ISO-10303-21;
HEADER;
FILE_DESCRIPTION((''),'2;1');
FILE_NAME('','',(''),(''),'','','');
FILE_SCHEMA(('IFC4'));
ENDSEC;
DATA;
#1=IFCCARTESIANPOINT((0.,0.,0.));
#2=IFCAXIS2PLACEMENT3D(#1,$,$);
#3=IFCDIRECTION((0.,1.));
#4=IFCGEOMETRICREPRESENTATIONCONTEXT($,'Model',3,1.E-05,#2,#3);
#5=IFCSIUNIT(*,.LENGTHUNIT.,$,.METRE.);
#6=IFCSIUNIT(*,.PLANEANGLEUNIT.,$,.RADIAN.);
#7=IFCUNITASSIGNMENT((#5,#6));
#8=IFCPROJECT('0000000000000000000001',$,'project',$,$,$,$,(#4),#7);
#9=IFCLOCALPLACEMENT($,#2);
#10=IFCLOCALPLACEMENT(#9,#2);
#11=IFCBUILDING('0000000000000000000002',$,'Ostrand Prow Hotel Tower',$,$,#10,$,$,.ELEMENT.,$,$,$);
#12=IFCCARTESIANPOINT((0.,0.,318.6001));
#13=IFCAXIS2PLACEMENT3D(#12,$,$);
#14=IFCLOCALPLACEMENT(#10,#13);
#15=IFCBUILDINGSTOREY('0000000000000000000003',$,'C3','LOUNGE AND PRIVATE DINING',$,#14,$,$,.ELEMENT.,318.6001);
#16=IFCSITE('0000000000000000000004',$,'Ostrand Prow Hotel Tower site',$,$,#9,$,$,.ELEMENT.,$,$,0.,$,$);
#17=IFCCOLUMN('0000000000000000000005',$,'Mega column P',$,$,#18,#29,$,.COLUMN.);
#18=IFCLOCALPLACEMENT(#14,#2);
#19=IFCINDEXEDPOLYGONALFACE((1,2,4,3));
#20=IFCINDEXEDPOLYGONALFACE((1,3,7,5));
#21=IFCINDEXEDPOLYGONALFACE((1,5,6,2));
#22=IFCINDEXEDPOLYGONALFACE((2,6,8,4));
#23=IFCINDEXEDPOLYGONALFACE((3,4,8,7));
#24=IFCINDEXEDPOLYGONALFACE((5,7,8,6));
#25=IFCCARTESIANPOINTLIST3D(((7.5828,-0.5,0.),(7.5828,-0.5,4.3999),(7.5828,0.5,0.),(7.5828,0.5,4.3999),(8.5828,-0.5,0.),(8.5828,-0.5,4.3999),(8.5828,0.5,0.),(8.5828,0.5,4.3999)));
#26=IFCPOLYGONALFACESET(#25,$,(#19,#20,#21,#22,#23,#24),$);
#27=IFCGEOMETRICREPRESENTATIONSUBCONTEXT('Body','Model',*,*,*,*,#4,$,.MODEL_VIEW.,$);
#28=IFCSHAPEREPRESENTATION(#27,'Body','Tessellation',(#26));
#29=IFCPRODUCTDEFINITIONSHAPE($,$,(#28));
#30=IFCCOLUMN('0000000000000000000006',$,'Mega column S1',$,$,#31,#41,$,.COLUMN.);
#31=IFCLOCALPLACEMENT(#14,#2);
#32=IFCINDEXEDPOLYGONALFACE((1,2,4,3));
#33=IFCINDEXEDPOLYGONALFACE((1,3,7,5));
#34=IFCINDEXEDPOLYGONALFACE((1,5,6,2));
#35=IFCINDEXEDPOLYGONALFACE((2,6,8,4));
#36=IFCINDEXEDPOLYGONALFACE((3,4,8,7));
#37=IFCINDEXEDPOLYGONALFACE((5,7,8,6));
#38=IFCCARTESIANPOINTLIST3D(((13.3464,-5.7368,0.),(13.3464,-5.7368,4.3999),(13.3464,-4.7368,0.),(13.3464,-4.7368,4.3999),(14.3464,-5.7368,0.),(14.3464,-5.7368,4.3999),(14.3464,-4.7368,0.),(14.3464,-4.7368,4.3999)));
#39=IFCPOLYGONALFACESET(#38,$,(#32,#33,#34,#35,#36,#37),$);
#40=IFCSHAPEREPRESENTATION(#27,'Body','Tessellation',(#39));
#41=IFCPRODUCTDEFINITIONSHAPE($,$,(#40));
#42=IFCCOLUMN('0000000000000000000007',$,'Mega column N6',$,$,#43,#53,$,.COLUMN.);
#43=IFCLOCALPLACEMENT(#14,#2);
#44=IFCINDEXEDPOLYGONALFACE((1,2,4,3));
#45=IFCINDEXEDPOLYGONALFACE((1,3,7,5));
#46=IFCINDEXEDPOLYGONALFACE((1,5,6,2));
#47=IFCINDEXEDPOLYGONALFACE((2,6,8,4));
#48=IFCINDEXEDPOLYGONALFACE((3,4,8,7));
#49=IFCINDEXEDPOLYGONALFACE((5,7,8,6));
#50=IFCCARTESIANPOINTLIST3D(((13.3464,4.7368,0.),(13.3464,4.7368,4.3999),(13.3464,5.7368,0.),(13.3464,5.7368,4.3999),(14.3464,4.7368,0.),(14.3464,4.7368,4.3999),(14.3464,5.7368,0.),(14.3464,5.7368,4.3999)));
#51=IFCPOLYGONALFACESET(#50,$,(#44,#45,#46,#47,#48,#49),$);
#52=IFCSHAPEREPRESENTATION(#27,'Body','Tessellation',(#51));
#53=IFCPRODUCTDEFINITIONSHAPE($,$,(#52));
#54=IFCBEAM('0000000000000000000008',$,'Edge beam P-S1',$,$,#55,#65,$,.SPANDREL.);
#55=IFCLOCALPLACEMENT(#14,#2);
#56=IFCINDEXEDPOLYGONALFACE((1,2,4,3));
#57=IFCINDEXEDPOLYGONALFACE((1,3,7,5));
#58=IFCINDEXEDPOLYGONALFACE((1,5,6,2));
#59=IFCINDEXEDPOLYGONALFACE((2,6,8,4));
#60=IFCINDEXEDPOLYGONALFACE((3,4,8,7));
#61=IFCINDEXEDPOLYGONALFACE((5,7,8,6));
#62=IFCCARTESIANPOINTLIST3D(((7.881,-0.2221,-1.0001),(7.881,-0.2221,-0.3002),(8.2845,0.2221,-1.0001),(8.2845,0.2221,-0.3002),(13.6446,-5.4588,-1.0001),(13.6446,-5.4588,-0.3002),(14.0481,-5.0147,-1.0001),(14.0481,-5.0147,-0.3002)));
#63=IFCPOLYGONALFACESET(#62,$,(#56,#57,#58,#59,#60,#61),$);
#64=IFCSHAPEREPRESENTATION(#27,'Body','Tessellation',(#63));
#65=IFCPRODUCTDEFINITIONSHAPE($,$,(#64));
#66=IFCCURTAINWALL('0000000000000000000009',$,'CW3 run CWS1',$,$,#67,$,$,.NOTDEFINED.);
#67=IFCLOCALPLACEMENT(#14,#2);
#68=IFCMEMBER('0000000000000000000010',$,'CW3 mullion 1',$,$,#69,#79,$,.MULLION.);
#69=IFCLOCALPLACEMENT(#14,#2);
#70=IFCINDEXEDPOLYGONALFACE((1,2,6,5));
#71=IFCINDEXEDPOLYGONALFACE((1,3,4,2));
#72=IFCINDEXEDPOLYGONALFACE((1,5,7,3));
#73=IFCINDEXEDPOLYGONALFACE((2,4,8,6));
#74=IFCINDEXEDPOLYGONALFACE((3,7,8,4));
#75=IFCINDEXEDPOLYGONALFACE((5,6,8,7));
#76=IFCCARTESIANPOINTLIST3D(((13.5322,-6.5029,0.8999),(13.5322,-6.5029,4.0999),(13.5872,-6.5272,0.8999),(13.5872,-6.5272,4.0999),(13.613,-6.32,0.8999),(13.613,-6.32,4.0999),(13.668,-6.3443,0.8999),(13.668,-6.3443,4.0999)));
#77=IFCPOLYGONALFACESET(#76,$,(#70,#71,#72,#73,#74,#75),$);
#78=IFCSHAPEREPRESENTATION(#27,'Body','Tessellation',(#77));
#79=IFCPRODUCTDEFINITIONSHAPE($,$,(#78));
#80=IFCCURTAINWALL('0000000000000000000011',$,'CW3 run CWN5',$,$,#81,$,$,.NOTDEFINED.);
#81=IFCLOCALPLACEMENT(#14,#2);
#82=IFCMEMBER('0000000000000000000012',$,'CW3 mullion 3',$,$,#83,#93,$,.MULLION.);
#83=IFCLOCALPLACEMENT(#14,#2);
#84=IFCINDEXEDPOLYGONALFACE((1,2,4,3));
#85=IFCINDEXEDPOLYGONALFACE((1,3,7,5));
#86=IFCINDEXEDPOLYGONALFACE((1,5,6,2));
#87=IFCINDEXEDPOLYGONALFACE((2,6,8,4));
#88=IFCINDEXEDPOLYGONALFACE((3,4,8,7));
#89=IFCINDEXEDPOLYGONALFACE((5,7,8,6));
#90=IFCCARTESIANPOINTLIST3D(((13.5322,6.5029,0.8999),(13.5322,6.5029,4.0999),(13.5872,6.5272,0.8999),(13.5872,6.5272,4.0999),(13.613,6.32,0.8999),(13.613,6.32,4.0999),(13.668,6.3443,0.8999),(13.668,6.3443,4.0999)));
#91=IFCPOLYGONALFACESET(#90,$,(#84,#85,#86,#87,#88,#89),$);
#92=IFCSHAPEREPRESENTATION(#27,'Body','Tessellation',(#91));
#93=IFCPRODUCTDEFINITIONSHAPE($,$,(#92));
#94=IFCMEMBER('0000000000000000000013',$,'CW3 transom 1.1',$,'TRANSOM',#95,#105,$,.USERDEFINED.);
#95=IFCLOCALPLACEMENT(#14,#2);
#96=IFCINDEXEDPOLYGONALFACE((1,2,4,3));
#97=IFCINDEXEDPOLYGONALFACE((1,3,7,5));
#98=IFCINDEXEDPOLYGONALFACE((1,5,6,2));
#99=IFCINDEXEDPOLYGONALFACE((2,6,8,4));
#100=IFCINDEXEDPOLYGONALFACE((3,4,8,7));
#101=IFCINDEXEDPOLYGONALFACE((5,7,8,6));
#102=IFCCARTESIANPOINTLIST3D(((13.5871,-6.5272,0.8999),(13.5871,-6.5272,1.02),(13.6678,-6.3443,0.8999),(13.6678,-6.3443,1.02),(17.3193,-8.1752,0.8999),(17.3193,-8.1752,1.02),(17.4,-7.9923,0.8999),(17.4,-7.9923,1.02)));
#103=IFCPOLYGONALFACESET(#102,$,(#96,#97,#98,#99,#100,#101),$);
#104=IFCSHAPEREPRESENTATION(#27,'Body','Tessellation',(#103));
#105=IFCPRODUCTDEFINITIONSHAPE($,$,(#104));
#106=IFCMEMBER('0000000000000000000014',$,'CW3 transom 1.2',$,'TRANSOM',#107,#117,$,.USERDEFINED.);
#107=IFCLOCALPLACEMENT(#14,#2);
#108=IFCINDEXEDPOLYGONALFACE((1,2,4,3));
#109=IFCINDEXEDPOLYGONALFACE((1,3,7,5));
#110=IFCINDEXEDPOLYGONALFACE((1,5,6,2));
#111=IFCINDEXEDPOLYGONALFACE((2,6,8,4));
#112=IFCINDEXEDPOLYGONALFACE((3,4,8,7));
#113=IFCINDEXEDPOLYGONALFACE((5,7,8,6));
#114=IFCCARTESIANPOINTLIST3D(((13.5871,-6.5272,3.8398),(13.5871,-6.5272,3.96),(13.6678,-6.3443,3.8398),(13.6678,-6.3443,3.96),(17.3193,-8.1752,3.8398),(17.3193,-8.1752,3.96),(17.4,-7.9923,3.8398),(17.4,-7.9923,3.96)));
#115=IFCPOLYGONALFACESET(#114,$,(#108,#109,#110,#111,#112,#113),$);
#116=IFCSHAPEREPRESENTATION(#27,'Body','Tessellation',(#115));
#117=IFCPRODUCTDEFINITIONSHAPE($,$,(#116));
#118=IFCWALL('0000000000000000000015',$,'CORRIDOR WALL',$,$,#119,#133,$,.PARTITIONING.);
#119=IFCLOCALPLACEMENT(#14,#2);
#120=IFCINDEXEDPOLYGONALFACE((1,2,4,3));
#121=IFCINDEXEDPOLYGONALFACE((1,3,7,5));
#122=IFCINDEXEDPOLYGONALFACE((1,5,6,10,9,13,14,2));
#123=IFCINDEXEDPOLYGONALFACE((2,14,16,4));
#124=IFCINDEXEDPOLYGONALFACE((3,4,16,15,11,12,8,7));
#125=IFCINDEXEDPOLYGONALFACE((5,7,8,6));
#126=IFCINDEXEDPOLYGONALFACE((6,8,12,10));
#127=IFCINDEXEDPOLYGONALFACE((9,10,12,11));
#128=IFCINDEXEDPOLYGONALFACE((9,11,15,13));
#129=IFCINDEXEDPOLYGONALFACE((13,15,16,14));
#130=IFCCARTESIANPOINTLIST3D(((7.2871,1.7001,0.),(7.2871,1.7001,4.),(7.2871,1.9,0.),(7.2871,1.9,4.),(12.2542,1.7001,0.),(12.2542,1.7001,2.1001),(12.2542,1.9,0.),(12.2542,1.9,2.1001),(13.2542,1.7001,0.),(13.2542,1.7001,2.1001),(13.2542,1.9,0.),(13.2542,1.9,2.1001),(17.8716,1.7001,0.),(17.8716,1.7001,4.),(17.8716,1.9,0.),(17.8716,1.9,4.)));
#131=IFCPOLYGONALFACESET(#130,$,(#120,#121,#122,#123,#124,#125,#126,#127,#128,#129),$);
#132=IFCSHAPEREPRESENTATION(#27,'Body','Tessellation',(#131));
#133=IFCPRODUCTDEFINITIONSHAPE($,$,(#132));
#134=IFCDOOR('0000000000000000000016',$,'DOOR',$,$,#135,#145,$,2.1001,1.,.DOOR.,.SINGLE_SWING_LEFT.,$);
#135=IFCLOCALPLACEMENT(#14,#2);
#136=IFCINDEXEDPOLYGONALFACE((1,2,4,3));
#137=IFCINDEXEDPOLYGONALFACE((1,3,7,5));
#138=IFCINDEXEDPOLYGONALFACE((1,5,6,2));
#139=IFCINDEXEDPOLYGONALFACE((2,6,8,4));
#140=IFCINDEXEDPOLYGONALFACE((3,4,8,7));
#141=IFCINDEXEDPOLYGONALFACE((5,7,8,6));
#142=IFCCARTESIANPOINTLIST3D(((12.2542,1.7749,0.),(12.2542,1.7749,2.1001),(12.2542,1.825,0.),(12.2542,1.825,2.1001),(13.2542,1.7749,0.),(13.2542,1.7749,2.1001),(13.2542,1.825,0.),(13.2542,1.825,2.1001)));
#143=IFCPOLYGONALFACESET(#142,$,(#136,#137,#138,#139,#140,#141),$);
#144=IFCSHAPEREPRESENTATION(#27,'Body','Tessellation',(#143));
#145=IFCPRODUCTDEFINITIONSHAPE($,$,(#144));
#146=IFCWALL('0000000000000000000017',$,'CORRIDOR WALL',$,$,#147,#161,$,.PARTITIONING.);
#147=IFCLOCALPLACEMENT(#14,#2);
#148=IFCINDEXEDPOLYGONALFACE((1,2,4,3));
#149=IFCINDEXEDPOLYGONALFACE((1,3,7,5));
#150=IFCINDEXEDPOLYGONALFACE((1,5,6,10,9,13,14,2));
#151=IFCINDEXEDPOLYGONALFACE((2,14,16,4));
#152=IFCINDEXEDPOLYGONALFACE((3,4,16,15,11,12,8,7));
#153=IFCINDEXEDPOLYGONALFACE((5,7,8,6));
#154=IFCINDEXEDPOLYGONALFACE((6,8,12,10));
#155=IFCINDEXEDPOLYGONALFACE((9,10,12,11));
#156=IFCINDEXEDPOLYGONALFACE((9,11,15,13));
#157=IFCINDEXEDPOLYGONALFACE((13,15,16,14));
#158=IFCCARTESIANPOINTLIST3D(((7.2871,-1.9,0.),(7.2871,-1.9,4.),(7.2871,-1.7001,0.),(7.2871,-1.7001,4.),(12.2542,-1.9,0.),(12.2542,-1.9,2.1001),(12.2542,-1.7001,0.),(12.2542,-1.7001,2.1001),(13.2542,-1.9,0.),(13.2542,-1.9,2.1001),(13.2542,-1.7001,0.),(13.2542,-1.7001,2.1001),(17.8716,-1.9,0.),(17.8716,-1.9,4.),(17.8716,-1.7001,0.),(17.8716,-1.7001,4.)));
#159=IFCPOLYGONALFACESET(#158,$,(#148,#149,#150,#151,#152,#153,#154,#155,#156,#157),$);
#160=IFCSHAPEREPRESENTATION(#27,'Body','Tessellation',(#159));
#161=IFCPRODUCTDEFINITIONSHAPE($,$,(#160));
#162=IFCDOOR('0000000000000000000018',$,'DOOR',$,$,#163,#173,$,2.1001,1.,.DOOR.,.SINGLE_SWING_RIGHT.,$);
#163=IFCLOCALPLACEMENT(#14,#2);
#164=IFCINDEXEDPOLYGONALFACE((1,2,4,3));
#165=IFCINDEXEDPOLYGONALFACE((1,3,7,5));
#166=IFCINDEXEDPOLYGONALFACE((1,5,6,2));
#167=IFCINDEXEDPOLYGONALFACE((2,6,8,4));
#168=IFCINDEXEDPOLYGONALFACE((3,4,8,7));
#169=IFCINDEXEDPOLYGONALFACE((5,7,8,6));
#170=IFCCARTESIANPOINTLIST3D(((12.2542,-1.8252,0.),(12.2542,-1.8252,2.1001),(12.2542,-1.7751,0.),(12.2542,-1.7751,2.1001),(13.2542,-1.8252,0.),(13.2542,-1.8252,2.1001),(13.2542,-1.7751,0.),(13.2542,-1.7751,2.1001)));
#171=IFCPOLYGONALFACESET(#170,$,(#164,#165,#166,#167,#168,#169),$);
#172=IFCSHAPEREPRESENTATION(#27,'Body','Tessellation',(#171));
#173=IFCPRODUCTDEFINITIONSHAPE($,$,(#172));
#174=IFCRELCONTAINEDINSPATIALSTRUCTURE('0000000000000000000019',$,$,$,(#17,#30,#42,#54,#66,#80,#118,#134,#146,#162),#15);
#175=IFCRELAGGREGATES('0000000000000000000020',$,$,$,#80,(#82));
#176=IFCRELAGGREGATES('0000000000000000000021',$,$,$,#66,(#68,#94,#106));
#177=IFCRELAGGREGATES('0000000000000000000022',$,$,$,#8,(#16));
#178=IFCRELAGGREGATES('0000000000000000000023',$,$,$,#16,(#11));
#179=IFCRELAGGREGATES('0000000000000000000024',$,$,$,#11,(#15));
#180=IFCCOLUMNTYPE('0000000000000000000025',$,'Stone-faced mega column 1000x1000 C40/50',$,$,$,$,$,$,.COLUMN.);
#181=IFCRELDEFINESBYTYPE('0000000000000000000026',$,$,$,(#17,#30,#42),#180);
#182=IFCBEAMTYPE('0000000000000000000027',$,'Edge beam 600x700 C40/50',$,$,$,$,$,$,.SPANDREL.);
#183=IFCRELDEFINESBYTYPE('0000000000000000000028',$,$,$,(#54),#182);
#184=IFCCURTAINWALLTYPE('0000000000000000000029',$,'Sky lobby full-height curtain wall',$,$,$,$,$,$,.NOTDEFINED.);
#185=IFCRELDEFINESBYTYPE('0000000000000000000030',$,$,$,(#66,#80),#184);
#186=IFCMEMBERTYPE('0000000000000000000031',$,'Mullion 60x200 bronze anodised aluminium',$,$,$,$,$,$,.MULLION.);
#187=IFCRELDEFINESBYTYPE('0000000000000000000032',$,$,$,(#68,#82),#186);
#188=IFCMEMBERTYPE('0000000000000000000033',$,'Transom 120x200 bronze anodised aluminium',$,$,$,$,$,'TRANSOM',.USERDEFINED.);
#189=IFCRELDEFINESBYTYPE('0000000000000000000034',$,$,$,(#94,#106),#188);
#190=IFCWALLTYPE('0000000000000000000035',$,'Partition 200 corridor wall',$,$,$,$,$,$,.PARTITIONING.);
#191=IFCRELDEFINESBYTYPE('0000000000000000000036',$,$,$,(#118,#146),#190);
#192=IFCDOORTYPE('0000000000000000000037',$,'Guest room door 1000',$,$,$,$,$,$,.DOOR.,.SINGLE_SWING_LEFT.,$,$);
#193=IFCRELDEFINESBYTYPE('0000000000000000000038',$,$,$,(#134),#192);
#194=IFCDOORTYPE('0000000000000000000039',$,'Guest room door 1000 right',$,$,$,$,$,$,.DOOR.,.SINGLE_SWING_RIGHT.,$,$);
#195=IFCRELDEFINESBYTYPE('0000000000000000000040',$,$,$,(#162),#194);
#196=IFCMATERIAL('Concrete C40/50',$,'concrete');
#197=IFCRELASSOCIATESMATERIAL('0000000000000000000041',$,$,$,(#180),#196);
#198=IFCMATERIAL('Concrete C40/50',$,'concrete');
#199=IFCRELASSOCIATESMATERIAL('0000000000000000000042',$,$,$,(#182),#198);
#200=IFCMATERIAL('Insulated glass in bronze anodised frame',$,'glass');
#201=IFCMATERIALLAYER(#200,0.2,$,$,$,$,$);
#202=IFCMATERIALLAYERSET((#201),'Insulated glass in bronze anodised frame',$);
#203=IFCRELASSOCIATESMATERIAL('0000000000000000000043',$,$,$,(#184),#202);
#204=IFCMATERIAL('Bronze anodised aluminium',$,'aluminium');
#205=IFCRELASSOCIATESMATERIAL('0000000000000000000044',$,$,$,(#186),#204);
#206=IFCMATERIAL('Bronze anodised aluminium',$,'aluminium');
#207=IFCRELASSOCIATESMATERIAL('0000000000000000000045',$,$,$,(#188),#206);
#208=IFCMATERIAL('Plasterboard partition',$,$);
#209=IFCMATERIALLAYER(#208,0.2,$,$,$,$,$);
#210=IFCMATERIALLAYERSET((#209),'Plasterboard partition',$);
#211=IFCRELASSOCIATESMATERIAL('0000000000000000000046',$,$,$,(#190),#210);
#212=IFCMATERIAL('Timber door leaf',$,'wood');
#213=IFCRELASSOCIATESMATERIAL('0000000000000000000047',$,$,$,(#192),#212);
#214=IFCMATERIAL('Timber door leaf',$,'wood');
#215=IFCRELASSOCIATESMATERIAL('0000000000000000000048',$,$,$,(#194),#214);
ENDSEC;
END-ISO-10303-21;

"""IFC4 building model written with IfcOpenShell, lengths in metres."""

from ifc_helpers import new_model, si_unit, direction, frame, frame_2d, origin, origin_2d, place, context, subcontext, project, spatial, rectangle, extrude, material, layer, layer_set, material_profile, profile_set, type_object, element, fill, aggregate, save


model = new_model("IFC4")

# Units and contexts
model_context = context("Model", 3, precision=1e-05, world=origin(), true_north=direction((0.0, 1.0)))
body_context = subcontext(model_context, "Body", "Model", "MODEL_VIEW")
ifc_project = project(units=[si_unit("LENGTHUNIT", "METRE"), si_unit("PLANEANGLEUNIT", "RADIAN")], contexts=[model_context])

# Site, building, storey
site_placement = place(None, origin())
site = spatial("IfcSite", under=ifc_project, at=site_placement, Name="Ostrand Prow Hotel Tower site", CompositionType="ELEMENT", RefElevation=0.0)
building_placement = place(site_placement, origin())
building = spatial("IfcBuilding", under=site, at=building_placement, Name="Ostrand Prow Hotel Tower", CompositionType="ELEMENT")
storey_placement = place(building_placement, frame((0.0, 0.0, 318.6001)))
storey = spatial("IfcBuildingStorey", under=building, at=storey_placement, Name="C3", Description="LOUNGE AND PRIVATE DINING", CompositionType="ELEMENT", Elevation=318.6001)

# Columns
ifc_material_1 = material(Name="Concrete C40/50", Category="concrete")
ifc_material_profile_1 = material_profile(ifc_material_1, rectangle(XDim=1.0, YDim=1.0, at=origin_2d()), Name="RC 1000x1000")
ifc_profile_set_1 = profile_set([ifc_material_profile_1], Name="Concrete C40/50")
column_type = type_object("IfcColumnType", Name="Stone-faced mega column 1000x1000 C40/50", PredefinedType="COLUMN", material=ifc_profile_set_1)
for number, where, z_axis, x_axis, name in (
    (1, (8.0828, 0.0, 0.0), (0.0, 0.0, 1.0), (1.0, 0.0, 0.0), "Mega column P"),
    (2, (13.8464, -5.2368, 0.0), (0.0, 0.0, 1.0), (1.0, 0.0, 0.0), "Mega column S1"),
    (3, (13.8464, 5.2368, 0.0), (0.0, 0.0, 1.0), (1.0, 0.0, 0.0), "Mega column N6"),
):
    element("IfcColumn", number, at=place(storey_placement, frame(where, z_axis=z_axis, x_axis=x_axis)), inside=storey, type_object=column_type, Name=name, PredefinedType="COLUMN", context=body_context, shape_type="SweptSolid", body=[
        extrude(rectangle(XDim=1.0, YDim=1.0, at=origin_2d()), origin(), (0.0, 0.0, 1.0), 4.3999),
    ])

# Beam
ifc_material_2 = material(Name="Concrete C40/50", Category="concrete")
ifc_material_profile_2 = material_profile(ifc_material_2, rectangle(XDim=0.6001, YDim=0.7, at=origin_2d()), Name="RC 600x700")
ifc_profile_set_2 = profile_set([ifc_material_profile_2], Name="Concrete C40/50")
beam_type = type_object("IfcBeamType", Name="Edge beam 600x700 C40/50", PredefinedType="SPANDREL", material=ifc_profile_set_2)
beam_placement = place(storey_placement, frame((8.0828, 0.0, -0.6501), z_axis=(0.740124, -0.67247, 0.0), x_axis=(0.67247, 0.740124, 0.0)))
element("IfcBeam", 4, at=beam_placement, inside=storey, type_object=beam_type, Name="Edge beam P-S1", PredefinedType="SPANDREL", context=body_context, shape_type="SweptSolid", body=[
    extrude(rectangle(XDim=0.6001, YDim=0.7, at=origin_2d()), origin(), (0.0, 0.0, 1.0), 7.7874),
])

# Curtain walls, members
ifc_material_3 = material(Name="Insulated glass in bronze anodised frame", Category="glass")
ifc_layer_1 = layer(ifc_material_3, 0.2)
ifc_layer_set_1 = layer_set([ifc_layer_1], Name="Insulated glass in bronze anodised frame")
curtain_wall_type = type_object("IfcCurtainWallType", Name="Sky lobby full-height curtain wall", PredefinedType="NOTDEFINED", material=ifc_layer_set_1)
curtain_wall_1_placement = place(storey_placement, origin())
curtain_wall_1 = element("IfcCurtainWall", 5, at=curtain_wall_1_placement, inside=storey, type_object=curtain_wall_type, Name="CW3 run CWS1", PredefinedType="NOTDEFINED")
ifc_material_4 = material(Name="Bronze anodised aluminium", Category="aluminium")
ifc_material_profile_3 = material_profile(ifc_material_4, rectangle(XDim=0.2, YDim=0.0601, at=origin_2d()), Name="Mullion 60x200 bronze anodised aluminium")
ifc_profile_set_3 = profile_set([ifc_material_profile_3], Name="Bronze anodised aluminium")
member_type_1 = type_object("IfcMemberType", Name="Mullion 60x200 bronze anodised aluminium", PredefinedType="MULLION", material=ifc_profile_set_3)
member_1_placement = place(storey_placement, frame((13.6001, -6.4236, 0.8999), z_axis=(0.0, 0.0, 1.0), x_axis=(0.40394, 0.914786, 0.0)))
member_1 = element("IfcMember", 6, at=member_1_placement, type_object=member_type_1, Name="CW3 mullion 1", PredefinedType="MULLION", context=body_context, shape_type="SweptSolid", body=[
    extrude(rectangle(XDim=0.2, YDim=0.0601, at=origin_2d()), origin(), (0.0, 0.0, 1.0), 3.2),
])
curtain_wall_2_placement = place(storey_placement, origin())
curtain_wall_2 = element("IfcCurtainWall", 7, at=curtain_wall_2_placement, inside=storey, type_object=curtain_wall_type, Name="CW3 run CWN5", PredefinedType="NOTDEFINED")
member_2_placement = place(storey_placement, frame((13.6001, 6.4236, 0.8999), z_axis=(0.0, 0.0, 1.0), x_axis=(0.40394, -0.914786, 0.0)))
member_2 = element("IfcMember", 8, at=member_2_placement, type_object=member_type_1, Name="CW3 mullion 3", PredefinedType="MULLION", context=body_context, shape_type="SweptSolid", body=[
    extrude(rectangle(XDim=0.2, YDim=0.0601, at=origin_2d()), origin(), (0.0, 0.0, 1.0), 3.2),
])
aggregate(curtain_wall_2, [member_2])

# Members
ifc_material_5 = material(Name="Bronze anodised aluminium", Category="aluminium")
ifc_material_profile_4 = material_profile(ifc_material_5, rectangle(XDim=0.2, YDim=0.1201, at=origin_2d()), Name="Transom 120x200 bronze anodised aluminium")
ifc_profile_set_4 = profile_set([ifc_material_profile_4], Name="Bronze anodised aluminium")
member_type_2 = type_object("IfcMemberType", Name="Transom 120x200 bronze anodised aluminium", ElementType="TRANSOM", PredefinedType="USERDEFINED", material=ifc_profile_set_4)
member_3_placement = place(storey_placement, frame((13.6274, -6.4358, 0.96), z_axis=(0.914791, -0.403927, 0.0), x_axis=(0.403927, 0.914791, 0.0)))
member_3 = element("IfcMember", 9, at=member_3_placement, type_object=member_type_2, Name="CW3 transom 1.1", ObjectType="TRANSOM", PredefinedType="USERDEFINED", context=body_context, shape_type="SweptSolid", body=[
    extrude(rectangle(XDim=0.2, YDim=0.1201, at=origin_2d()), origin(), (0.0, 0.0, 1.0), 4.0798),
])
member_4_placement = place(storey_placement, frame((13.6274, -6.4358, 3.8999), z_axis=(0.914791, -0.403927, 0.0), x_axis=(0.403927, 0.914791, 0.0)))
member_4 = element("IfcMember", 10, at=member_4_placement, type_object=member_type_2, Name="CW3 transom 1.2", ObjectType="TRANSOM", PredefinedType="USERDEFINED", context=body_context, shape_type="SweptSolid", body=[
    extrude(rectangle(XDim=0.2, YDim=0.1201, at=origin_2d()), origin(), (0.0, 0.0, 1.0), 4.0798),
])
aggregate(curtain_wall_1, [member_1, member_3, member_4])

# Walls, openings, doors
ifc_material_6 = material(Name="Plasterboard partition")
ifc_layer_2 = layer(ifc_material_6, 0.2)
ifc_layer_set_2 = layer_set([ifc_layer_2], Name="Plasterboard partition")
wall_type_1 = type_object("IfcWallType", Name="Partition 200 corridor wall", PredefinedType="PARTITIONING", material=ifc_layer_set_2)
wall_1_placement = place(storey_placement, frame((7.2871, 1.8, 0.0), z_axis=(0.0, 0.0, 1.0), x_axis=(1.0, 0.0, 0.0)))
wall_1 = element("IfcWall", 11, at=wall_1_placement, inside=storey, type_object=wall_type_1, Name="CORRIDOR WALL", PredefinedType="PARTITIONING", context=body_context, shape_type="SweptSolid", body=[
    extrude(rectangle(XDim=10.5845, YDim=0.2, at=frame_2d((5.2922, 0.0))), origin(), (0.0, 0.0, 1.0), 4.0),
])
opening_1_placement = place(wall_1_placement, frame((4.967, 0.0, 0.0)))
opening_1 = element("IfcOpeningElement", 12, at=opening_1_placement, cuts=wall_1, PredefinedType="OPENING", context=body_context, shape_type="SweptSolid", body=[
    extrude(rectangle(XDim=1.0, YDim=2.1001, at=frame_2d((0.5, 1.05))), frame((0.0, 0.1099, 0.0), z_axis=(0.0, -1.0, 0.0), x_axis=(1.0, 0.0, 0.0)), (0.0, 0.0, 1.0), 0.22),
])
ifc_material_7 = material(Name="Timber door leaf", Category="wood")
door_type_1 = type_object("IfcDoorType", Name="Guest room door 1000", OperationType="SINGLE_SWING_LEFT", PredefinedType="DOOR", material=ifc_material_7)
door_1_placement = place(opening_1_placement, origin())
door_1 = element("IfcDoor", 13, at=door_1_placement, inside=storey, type_object=door_type_1, Name="DOOR", OperationType="SINGLE_SWING_LEFT", OverallHeight=2.1001, OverallWidth=1.0, PredefinedType="DOOR", context=body_context, shape_type="SweptSolid", body=[
    extrude(rectangle(XDim=1.0, YDim=2.1001, at=frame_2d((0.5, 1.05))), frame((0.0, 0.0249, 0.0), z_axis=(0.0, -1.0, 0.0), x_axis=(1.0, 0.0, 0.0)), (0.0, 0.0, 1.0), 0.05),
])
fill(opening_1, door_1)
wall_2_placement = place(storey_placement, frame((7.2871, -1.8, 0.0), z_axis=(0.0, 0.0, 1.0), x_axis=(1.0, 0.0, 0.0)))
wall_2 = element("IfcWall", 14, at=wall_2_placement, inside=storey, type_object=wall_type_1, Name="CORRIDOR WALL", PredefinedType="PARTITIONING", context=body_context, shape_type="SweptSolid", body=[
    extrude(rectangle(XDim=10.5845, YDim=0.2, at=frame_2d((5.2922, 0.0))), origin(), (0.0, 0.0, 1.0), 4.0),
])
opening_2_placement = place(wall_2_placement, frame((4.967, 0.0, 0.0)))
opening_2 = element("IfcOpeningElement", 15, at=opening_2_placement, cuts=wall_2, PredefinedType="OPENING", context=body_context, shape_type="SweptSolid", body=[
    extrude(rectangle(XDim=1.0, YDim=2.1001, at=frame_2d((0.5, 1.05))), frame((0.0, 0.1099, 0.0), z_axis=(0.0, -1.0, 0.0), x_axis=(1.0, 0.0, 0.0)), (0.0, 0.0, 1.0), 0.22),
])
ifc_material_8 = material(Name="Timber door leaf", Category="wood")
door_type_2 = type_object("IfcDoorType", Name="Guest room door 1000 right", OperationType="SINGLE_SWING_RIGHT", PredefinedType="DOOR", material=ifc_material_8)
door_2_placement = place(opening_2_placement, origin())
door_2 = element("IfcDoor", 16, at=door_2_placement, inside=storey, type_object=door_type_2, Name="DOOR", OperationType="SINGLE_SWING_RIGHT", OverallHeight=2.1001, OverallWidth=1.0, PredefinedType="DOOR", context=body_context, shape_type="SweptSolid", body=[
    extrude(rectangle(XDim=1.0, YDim=2.1001, at=frame_2d((0.5, 1.05))), frame((0.0, 0.0249, 0.0), z_axis=(0.0, -1.0, 0.0), x_axis=(1.0, 0.0, 0.0)), (0.0, 0.0, 1.0), 0.05),
])
fill(opening_2, door_2)

save(model, "model.ifc")
